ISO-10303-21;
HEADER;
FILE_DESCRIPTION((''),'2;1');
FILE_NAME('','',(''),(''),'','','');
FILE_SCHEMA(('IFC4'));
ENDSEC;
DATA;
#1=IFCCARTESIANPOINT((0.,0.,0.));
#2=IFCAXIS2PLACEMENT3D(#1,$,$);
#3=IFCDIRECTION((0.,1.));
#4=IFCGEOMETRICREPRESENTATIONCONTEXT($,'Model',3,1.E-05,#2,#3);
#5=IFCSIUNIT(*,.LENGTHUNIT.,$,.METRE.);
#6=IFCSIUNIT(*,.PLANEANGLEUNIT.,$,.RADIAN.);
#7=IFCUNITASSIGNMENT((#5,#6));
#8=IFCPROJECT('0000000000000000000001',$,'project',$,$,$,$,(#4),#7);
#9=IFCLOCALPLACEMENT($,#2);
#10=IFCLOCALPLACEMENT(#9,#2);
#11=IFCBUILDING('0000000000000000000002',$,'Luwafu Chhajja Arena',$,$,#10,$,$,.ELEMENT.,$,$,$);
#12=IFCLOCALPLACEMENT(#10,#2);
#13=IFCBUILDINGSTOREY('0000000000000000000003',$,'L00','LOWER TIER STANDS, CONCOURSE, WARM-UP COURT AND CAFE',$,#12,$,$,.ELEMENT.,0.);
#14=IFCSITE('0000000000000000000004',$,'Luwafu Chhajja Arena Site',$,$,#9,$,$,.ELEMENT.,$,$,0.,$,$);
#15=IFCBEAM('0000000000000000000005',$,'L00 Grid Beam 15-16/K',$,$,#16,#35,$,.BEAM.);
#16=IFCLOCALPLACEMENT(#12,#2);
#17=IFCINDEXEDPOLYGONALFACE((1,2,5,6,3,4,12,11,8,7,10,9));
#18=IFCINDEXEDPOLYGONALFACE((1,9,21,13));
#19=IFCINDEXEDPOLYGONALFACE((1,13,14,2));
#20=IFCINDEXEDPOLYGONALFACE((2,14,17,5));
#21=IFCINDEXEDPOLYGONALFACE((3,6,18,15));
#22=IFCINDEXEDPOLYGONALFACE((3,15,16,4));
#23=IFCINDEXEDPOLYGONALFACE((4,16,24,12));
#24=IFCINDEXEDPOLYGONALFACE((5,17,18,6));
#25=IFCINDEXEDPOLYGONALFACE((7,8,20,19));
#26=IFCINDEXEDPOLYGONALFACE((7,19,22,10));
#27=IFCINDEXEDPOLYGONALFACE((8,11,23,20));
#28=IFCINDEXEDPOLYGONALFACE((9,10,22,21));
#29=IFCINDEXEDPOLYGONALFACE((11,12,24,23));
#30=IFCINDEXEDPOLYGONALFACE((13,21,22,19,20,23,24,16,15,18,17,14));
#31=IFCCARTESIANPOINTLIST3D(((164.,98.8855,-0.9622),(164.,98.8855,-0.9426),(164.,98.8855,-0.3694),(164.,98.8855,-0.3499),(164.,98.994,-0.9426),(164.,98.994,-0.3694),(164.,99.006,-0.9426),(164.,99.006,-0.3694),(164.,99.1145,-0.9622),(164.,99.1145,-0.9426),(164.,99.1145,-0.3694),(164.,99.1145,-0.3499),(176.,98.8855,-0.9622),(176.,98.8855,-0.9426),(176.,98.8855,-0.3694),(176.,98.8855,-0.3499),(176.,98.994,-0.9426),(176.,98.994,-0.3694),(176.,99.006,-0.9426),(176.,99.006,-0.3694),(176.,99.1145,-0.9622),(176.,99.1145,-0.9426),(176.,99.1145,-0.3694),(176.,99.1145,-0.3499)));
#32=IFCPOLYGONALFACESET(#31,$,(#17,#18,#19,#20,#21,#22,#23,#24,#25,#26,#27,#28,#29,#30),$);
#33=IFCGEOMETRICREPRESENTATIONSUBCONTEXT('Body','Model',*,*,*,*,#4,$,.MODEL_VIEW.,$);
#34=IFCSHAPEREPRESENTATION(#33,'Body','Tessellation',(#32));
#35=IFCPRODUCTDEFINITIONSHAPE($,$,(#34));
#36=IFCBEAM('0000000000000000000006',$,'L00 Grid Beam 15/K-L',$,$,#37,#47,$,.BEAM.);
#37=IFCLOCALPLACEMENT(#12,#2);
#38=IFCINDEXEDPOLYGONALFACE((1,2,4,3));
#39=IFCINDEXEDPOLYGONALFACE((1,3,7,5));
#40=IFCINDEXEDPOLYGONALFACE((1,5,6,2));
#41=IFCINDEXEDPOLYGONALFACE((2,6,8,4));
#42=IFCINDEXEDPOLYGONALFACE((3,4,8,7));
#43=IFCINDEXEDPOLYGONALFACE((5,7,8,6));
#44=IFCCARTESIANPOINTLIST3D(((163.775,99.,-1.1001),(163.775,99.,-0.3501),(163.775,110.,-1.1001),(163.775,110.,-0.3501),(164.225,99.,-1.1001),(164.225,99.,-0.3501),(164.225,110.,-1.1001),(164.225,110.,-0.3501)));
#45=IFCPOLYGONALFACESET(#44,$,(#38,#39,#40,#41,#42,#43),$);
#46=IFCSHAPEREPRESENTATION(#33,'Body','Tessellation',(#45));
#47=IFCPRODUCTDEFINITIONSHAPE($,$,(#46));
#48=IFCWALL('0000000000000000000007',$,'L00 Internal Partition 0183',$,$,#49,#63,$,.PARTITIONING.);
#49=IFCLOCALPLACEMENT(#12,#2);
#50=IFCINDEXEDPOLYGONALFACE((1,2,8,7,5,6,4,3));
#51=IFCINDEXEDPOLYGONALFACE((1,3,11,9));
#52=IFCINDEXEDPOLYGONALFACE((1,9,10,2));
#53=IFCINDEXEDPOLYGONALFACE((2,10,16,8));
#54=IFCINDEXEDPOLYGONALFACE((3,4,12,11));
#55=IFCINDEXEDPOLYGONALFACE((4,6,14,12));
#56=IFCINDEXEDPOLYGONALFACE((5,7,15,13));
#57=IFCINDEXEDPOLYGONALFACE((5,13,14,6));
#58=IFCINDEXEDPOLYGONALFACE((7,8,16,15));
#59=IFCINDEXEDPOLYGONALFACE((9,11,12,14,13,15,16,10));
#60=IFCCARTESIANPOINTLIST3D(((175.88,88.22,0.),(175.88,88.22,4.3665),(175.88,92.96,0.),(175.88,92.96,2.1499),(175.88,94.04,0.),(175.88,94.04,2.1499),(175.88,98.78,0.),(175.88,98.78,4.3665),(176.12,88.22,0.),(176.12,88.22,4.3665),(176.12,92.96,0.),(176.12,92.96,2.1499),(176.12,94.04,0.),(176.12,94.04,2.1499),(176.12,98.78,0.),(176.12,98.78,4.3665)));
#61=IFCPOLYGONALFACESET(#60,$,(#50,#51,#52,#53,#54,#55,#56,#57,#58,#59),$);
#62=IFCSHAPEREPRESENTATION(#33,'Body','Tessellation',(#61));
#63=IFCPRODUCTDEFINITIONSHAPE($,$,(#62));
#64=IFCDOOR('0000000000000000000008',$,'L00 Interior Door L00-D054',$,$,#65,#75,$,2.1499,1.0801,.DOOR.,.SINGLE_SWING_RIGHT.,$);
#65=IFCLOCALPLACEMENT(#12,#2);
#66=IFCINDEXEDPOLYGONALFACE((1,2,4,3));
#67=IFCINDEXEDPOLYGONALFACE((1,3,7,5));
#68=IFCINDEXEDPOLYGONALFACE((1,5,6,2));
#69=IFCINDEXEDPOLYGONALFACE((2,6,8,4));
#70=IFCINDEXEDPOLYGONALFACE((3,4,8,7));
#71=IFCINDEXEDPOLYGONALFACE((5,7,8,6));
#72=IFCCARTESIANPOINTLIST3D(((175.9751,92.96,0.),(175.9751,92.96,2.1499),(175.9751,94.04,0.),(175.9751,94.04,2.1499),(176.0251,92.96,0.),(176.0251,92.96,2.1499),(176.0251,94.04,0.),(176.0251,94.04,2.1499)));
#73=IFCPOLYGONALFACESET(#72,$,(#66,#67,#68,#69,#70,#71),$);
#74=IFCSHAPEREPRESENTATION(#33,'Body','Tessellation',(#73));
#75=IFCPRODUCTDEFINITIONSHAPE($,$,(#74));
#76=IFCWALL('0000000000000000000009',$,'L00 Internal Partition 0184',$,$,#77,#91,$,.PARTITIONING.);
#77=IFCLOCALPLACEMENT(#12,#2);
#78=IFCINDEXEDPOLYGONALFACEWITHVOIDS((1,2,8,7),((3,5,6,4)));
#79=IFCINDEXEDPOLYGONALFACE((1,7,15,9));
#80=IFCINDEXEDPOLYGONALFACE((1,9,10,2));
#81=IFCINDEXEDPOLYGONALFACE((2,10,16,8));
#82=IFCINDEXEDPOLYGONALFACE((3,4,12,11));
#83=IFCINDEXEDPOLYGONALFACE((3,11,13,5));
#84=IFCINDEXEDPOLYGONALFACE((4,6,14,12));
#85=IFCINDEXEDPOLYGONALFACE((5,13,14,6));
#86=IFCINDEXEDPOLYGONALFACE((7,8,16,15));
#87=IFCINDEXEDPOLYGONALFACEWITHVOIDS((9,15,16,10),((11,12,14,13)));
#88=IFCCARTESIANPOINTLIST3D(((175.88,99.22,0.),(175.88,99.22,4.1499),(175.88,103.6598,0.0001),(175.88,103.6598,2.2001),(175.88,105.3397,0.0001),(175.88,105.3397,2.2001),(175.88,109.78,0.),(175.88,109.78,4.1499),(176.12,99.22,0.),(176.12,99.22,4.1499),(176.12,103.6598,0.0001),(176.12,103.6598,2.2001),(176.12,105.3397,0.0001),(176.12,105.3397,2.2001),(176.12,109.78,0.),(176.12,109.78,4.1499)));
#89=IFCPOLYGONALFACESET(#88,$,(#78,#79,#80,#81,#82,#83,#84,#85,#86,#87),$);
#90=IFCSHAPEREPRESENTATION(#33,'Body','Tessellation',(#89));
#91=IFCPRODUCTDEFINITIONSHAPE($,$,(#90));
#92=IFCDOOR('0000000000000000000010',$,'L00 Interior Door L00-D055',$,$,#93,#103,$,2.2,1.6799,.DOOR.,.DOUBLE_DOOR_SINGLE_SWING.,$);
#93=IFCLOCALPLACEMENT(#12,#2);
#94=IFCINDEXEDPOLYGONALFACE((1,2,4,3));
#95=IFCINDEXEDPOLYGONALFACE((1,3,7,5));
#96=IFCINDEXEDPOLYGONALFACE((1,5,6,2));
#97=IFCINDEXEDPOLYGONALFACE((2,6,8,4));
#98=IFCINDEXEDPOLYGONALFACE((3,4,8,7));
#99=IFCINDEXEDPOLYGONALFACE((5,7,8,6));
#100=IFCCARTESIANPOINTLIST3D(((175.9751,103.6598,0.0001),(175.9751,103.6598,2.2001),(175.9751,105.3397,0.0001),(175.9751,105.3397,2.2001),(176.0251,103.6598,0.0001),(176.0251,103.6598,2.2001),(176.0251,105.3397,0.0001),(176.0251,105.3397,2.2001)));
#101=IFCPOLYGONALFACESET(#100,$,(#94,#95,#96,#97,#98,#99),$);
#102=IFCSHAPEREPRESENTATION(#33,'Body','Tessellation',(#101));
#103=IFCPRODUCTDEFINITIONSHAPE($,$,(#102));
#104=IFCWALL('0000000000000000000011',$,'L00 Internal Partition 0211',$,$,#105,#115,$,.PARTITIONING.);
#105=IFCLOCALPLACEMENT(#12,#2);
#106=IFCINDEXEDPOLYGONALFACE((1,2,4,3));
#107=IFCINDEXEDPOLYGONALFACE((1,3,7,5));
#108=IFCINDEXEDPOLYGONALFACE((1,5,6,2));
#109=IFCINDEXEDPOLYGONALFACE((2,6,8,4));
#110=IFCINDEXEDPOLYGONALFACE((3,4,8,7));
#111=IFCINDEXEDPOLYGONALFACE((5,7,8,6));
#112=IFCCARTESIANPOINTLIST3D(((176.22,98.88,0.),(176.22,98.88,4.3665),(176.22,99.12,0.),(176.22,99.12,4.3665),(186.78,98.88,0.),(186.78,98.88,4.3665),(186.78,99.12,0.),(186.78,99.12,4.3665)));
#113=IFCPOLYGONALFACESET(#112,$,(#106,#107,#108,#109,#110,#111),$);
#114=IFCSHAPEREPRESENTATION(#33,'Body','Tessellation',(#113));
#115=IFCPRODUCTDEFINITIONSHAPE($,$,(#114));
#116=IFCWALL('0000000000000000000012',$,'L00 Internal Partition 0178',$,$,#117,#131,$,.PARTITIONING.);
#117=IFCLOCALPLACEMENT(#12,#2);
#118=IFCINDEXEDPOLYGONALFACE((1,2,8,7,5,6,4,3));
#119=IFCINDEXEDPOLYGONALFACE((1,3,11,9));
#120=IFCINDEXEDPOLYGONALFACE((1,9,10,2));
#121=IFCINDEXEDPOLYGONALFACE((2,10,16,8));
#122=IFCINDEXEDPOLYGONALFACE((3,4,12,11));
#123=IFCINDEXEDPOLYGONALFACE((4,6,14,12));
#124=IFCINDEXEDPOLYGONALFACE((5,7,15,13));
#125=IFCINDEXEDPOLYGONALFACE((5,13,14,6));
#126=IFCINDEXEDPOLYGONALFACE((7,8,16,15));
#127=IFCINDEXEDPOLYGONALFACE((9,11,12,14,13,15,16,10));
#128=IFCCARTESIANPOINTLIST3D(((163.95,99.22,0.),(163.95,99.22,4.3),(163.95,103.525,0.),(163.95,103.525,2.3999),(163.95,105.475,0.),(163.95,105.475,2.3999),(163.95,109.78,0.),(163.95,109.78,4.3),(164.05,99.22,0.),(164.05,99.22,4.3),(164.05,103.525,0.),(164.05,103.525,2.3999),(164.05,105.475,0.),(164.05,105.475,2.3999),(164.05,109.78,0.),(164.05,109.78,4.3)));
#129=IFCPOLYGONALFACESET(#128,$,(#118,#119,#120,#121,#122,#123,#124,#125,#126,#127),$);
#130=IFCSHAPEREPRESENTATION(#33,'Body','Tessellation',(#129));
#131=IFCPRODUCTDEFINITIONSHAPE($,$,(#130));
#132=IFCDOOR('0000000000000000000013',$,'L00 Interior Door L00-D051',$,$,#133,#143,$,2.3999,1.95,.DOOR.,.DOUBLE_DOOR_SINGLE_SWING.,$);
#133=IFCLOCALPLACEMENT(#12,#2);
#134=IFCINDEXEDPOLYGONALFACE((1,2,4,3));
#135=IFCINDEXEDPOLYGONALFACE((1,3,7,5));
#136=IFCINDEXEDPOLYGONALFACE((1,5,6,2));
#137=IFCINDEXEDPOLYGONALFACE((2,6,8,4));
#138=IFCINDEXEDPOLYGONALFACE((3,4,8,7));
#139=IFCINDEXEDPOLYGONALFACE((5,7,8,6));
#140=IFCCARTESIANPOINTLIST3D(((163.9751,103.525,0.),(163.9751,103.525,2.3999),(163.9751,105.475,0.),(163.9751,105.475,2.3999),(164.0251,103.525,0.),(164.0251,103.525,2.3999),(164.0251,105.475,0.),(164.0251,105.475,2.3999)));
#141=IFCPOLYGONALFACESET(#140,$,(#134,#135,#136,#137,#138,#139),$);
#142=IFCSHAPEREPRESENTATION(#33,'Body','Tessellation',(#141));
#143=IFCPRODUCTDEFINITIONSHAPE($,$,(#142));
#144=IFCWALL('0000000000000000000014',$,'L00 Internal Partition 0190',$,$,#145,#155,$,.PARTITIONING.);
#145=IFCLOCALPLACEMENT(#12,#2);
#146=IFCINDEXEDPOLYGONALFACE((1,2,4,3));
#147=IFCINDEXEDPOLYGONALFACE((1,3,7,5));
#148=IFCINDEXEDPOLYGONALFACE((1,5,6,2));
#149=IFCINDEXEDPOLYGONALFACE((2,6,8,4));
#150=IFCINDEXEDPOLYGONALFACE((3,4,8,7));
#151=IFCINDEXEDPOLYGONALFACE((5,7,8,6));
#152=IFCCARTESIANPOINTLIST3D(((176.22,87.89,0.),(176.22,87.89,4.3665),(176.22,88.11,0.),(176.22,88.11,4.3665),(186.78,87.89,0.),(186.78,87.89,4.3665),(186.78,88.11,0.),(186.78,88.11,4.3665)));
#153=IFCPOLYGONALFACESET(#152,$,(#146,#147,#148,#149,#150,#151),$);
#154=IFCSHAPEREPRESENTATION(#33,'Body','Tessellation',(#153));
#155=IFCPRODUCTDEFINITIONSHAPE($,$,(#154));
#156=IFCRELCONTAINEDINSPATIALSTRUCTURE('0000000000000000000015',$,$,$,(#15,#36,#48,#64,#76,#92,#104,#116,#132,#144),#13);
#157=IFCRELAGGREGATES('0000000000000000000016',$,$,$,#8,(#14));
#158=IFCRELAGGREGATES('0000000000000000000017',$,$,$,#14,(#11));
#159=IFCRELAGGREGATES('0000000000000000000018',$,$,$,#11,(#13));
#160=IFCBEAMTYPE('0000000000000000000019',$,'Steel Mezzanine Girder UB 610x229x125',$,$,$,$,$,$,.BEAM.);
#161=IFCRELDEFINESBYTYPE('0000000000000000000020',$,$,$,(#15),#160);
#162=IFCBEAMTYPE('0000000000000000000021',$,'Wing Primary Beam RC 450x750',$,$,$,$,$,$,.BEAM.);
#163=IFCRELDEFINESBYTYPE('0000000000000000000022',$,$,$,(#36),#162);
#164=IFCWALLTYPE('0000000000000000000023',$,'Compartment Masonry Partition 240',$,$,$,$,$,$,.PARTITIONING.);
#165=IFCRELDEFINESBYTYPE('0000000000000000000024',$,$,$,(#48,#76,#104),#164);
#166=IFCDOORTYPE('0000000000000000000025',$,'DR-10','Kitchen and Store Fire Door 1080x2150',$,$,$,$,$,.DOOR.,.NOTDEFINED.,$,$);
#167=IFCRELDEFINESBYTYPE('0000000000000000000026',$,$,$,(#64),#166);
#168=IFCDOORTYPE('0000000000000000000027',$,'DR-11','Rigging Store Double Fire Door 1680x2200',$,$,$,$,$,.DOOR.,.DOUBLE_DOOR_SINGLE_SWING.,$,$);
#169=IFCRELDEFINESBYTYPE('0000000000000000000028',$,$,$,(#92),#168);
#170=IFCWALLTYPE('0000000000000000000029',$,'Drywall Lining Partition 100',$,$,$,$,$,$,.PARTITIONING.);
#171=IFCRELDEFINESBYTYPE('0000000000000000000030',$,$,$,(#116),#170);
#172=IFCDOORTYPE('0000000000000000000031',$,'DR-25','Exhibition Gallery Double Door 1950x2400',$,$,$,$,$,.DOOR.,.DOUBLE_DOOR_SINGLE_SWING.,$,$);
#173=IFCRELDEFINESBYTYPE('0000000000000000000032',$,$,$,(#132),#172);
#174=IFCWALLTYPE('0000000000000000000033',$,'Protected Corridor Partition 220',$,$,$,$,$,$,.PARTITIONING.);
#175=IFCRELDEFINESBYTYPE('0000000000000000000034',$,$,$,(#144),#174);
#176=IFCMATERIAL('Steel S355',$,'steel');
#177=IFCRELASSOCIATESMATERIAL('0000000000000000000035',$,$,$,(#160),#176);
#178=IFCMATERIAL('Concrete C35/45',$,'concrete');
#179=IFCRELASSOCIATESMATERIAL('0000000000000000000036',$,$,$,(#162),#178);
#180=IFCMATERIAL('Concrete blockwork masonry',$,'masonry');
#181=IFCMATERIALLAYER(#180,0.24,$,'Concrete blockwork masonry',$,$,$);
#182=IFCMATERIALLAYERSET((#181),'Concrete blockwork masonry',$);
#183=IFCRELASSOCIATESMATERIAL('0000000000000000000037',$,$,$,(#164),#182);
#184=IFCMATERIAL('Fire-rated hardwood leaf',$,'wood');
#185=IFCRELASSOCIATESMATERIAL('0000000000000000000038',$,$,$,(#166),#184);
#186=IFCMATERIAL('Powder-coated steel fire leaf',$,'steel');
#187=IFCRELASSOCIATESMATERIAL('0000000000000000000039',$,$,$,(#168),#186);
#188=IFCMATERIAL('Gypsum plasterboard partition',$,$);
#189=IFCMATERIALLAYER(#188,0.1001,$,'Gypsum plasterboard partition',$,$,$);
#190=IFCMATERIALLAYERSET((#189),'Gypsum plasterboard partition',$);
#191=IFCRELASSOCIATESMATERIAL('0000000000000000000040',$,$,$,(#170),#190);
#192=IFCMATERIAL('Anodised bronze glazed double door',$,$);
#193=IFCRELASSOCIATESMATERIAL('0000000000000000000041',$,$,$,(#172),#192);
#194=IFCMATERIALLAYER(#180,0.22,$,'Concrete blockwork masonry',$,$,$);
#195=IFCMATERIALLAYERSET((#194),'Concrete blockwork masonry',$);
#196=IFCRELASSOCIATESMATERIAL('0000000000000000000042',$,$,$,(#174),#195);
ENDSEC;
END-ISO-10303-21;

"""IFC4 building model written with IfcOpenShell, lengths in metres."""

from ifc_helpers import new_model, si_unit, direction, frame, frame_2d, origin, origin_2d, place, context, subcontext, project, spatial, rectangle, i_section, extrude, material, layer, layer_set, material_profile, profile_set, type_object, element, fill, save


model = new_model("IFC4")

# Units and contexts
model_context = context("Model", 3, precision=1e-05, world=origin(), true_north=direction((0.0, 1.0)))
body_context = subcontext(model_context, "Body", "Model", "MODEL_VIEW")
ifc_project = project(units=[si_unit("LENGTHUNIT", "METRE"), si_unit("PLANEANGLEUNIT", "RADIAN")], contexts=[model_context])

# Site, building, storey
site_placement = place(None, origin())
site = spatial("IfcSite", under=ifc_project, at=site_placement, Name="Luwafu Chhajja Arena Site", CompositionType="ELEMENT", RefElevation=0.0)
building_placement = place(site_placement, origin())
building = spatial("IfcBuilding", under=site, at=building_placement, Name="Luwafu Chhajja Arena", CompositionType="ELEMENT")
storey_placement = place(building_placement, origin())
storey = spatial("IfcBuildingStorey", under=building, at=storey_placement, Name="L00", Description="LOWER TIER STANDS, CONCOURSE, WARM-UP COURT AND CAFE", CompositionType="ELEMENT", Elevation=0.0)

# Shared definitions
ifc_material_1 = material(Name="Concrete C35/45", Category="concrete")

# Shared definitions
ifc_material_2 = material(Name="Steel S355", Category="steel")

# Beams
ifc_material_profile_1 = material_profile(ifc_material_2, i_section(OverallWidth=0.229, OverallDepth=0.6123, WebThickness=0.012, FlangeThickness=0.0195, at=origin_2d()), Name="UB 610x229x125")
ifc_profile_set_1 = profile_set([ifc_material_profile_1], Name="Steel S355")
beam_type_1 = type_object("IfcBeamType", Name="Steel Mezzanine Girder UB 610x229x125", PredefinedType="BEAM", material=ifc_profile_set_1)
beam_1_placement = place(storey_placement, frame((164.0, 99.0, -0.656), z_axis=(1.0, 0.0, 0.0), x_axis=(0.0, 1.0, 0.0)))
element("IfcBeam", 1, at=beam_1_placement, inside=storey, type_object=beam_type_1, Name="L00 Grid Beam 15-16/K", PredefinedType="BEAM", context=body_context, shape_type="SweptSolid", body=[
    extrude(i_section(OverallWidth=0.229, OverallDepth=0.6123, WebThickness=0.012, FlangeThickness=0.0195, at=origin_2d()), origin(), (0.0, 0.0, 1.0), 12.0),
])
ifc_material_profile_2 = material_profile(ifc_material_1, rectangle(XDim=0.45, YDim=0.75, at=origin_2d()), Name="RC 450x750")
ifc_profile_set_2 = profile_set([ifc_material_profile_2], Name="Concrete C35/45")
beam_type_2 = type_object("IfcBeamType", Name="Wing Primary Beam RC 450x750", PredefinedType="BEAM", material=ifc_profile_set_2)
beam_2_placement = place(storey_placement, frame((164.0, 99.0, -0.7251), z_axis=(0.0, 1.0, 0.0), x_axis=(-1.0, 0.0, 0.0)))
element("IfcBeam", 2, at=beam_2_placement, inside=storey, type_object=beam_type_2, Name="L00 Grid Beam 15/K-L", PredefinedType="BEAM", context=body_context, shape_type="SweptSolid", body=[
    extrude(rectangle(XDim=0.45, YDim=0.75, at=origin_2d()), origin(), (0.0, 0.0, 1.0), 11.0),
])

# Walls, openings, doors
ifc_material_3 = material(Name="Concrete blockwork masonry", Category="masonry")
ifc_layer_1 = layer(ifc_material_3, 0.24, Name="Concrete blockwork masonry")
ifc_layer_set_1 = layer_set([ifc_layer_1], Name="Concrete blockwork masonry")
wall_type_1 = type_object("IfcWallType", Name="Compartment Masonry Partition 240", PredefinedType="PARTITIONING", material=ifc_layer_set_1)
wall_1_placement = place(storey_placement, frame((176.0, 88.22, 0.0), z_axis=(0.0, 0.0, 1.0), x_axis=(0.0, 1.0, 0.0)))
wall_1 = element("IfcWall", 3, at=wall_1_placement, inside=storey, type_object=wall_type_1, Name="L00 Internal Partition 0183", PredefinedType="PARTITIONING", context=body_context, shape_type="SweptSolid", body=[
    extrude(rectangle(XDim=10.5601, YDim=0.24, at=frame_2d((5.28, 0.0))), origin(), (0.0, 0.0, 1.0), 4.3665),
])
opening_1_placement = place(wall_1_placement, frame((4.74, 0.0, 0.0)))
opening_1 = element("IfcOpeningElement", 4, at=opening_1_placement, cuts=wall_1, PredefinedType="OPENING", context=body_context, shape_type="SweptSolid", body=[
    extrude(rectangle(XDim=1.0801, YDim=2.1499, at=frame_2d((0.54, 1.075))), frame((0.0, 0.1299, 0.0), z_axis=(0.0, -1.0, 0.0), x_axis=(1.0, 0.0, 0.0)), (0.0, 0.0, 1.0), 0.26),
])
ifc_material_4 = material(Name="Fire-rated hardwood leaf", Category="wood")
door_type_1 = type_object("IfcDoorType", Name="DR-10", Description="Kitchen and Store Fire Door 1080x2150", OperationType="NOTDEFINED", PredefinedType="DOOR", material=ifc_material_4)
door_1_placement = place(opening_1_placement, origin())
door_1 = element("IfcDoor", 5, at=door_1_placement, inside=storey, type_object=door_type_1, Name="L00 Interior Door L00-D054", OperationType="SINGLE_SWING_RIGHT", OverallHeight=2.1499, OverallWidth=1.0801, PredefinedType="DOOR", context=body_context, shape_type="SweptSolid", body=[
    extrude(rectangle(XDim=1.0801, YDim=2.1499, at=frame_2d((0.54, 1.075))), frame((0.0, 0.0249, 0.0), z_axis=(0.0, -1.0, 0.0), x_axis=(1.0, 0.0, 0.0)), (0.0, 0.0, 1.0), 0.05),
])
fill(opening_1, door_1)
wall_2_placement = place(storey_placement, frame((176.0, 99.22, 0.0), z_axis=(0.0, 0.0, 1.0), x_axis=(0.0, 1.0, 0.0)))
wall_2 = element("IfcWall", 6, at=wall_2_placement, inside=storey, type_object=wall_type_1, Name="L00 Internal Partition 0184", PredefinedType="PARTITIONING", context=body_context, shape_type="SweptSolid", body=[
    extrude(rectangle(XDim=10.5601, YDim=0.24, at=frame_2d((5.28, 0.0))), origin(), (0.0, 0.0, 1.0), 4.1499),
])
opening_2_placement = place(wall_2_placement, frame((4.4399, 0.0, 0.0)))
opening_2 = element("IfcOpeningElement", 7, at=opening_2_placement, cuts=wall_2, PredefinedType="OPENING", context=body_context, shape_type="SweptSolid", body=[
    extrude(rectangle(XDim=1.6799, YDim=2.2, at=frame_2d((0.8398, 1.1001))), frame((0.0, 0.1299, 0.0), z_axis=(0.0, -1.0, 0.0), x_axis=(1.0, 0.0, 0.0)), (0.0, 0.0, 1.0), 0.26),
])
ifc_material_5 = material(Name="Powder-coated steel fire leaf", Category="steel")
door_type_2 = type_object("IfcDoorType", Name="DR-11", Description="Rigging Store Double Fire Door 1680x2200", OperationType="DOUBLE_DOOR_SINGLE_SWING", PredefinedType="DOOR", material=ifc_material_5)
door_2_placement = place(opening_2_placement, origin())
door_2 = element("IfcDoor", 8, at=door_2_placement, inside=storey, type_object=door_type_2, Name="L00 Interior Door L00-D055", OperationType="DOUBLE_DOOR_SINGLE_SWING", OverallHeight=2.2, OverallWidth=1.6799, PredefinedType="DOOR", context=body_context, shape_type="SweptSolid", body=[
    extrude(rectangle(XDim=1.6799, YDim=2.2, at=frame_2d((0.8398, 1.1001))), frame((0.0, 0.0249, 0.0), z_axis=(0.0, -1.0, 0.0), x_axis=(1.0, 0.0, 0.0)), (0.0, 0.0, 1.0), 0.05),
])
fill(opening_2, door_2)

# Wall
wall_3_placement = place(storey_placement, frame((176.22, 99.0, 0.0), z_axis=(0.0, 0.0, 1.0), x_axis=(1.0, 0.0, 0.0)))
element("IfcWall", 9, at=wall_3_placement, inside=storey, type_object=wall_type_1, Name="L00 Internal Partition 0211", PredefinedType="PARTITIONING", context=body_context, shape_type="SweptSolid", body=[
    extrude(rectangle(XDim=10.5601, YDim=0.24, at=frame_2d((5.28, 0.0))), origin(), (0.0, 0.0, 1.0), 4.3665),
])

# Wall, opening, door
ifc_material_6 = material(Name="Gypsum plasterboard partition")
ifc_layer_2 = layer(ifc_material_6, 0.1001, Name="Gypsum plasterboard partition")
ifc_layer_set_2 = layer_set([ifc_layer_2], Name="Gypsum plasterboard partition")
wall_type_2 = type_object("IfcWallType", Name="Drywall Lining Partition 100", PredefinedType="PARTITIONING", material=ifc_layer_set_2)
wall_4_placement = place(storey_placement, frame((164.0, 99.22, 0.0), z_axis=(0.0, 0.0, 1.0), x_axis=(0.0, 1.0, 0.0)))
wall_4 = element("IfcWall", 10, at=wall_4_placement, inside=storey, type_object=wall_type_2, Name="L00 Internal Partition 0178", PredefinedType="PARTITIONING", context=body_context, shape_type="SweptSolid", body=[
    extrude(rectangle(XDim=10.5601, YDim=0.1001, at=frame_2d((5.28, 0.0))), origin(), (0.0, 0.0, 1.0), 4.3),
])
opening_3_placement = place(wall_4_placement, frame((4.3049, 0.0, 0.0)))
opening_3 = element("IfcOpeningElement", 11, at=opening_3_placement, cuts=wall_4, PredefinedType="OPENING", context=body_context, shape_type="SweptSolid", body=[
    extrude(rectangle(XDim=1.95, YDim=2.3999, at=frame_2d((0.9751, 1.2))), frame((0.0, 0.0601, 0.0), z_axis=(0.0, -1.0, 0.0), x_axis=(1.0, 0.0, 0.0)), (0.0, 0.0, 1.0), 0.1201),
])
ifc_material_7 = material(Name="Anodised bronze glazed double door")
door_type_3 = type_object("IfcDoorType", Name="DR-25", Description="Exhibition Gallery Double Door 1950x2400", OperationType="DOUBLE_DOOR_SINGLE_SWING", PredefinedType="DOOR", material=ifc_material_7)
door_3_placement = place(opening_3_placement, origin())
door_3 = element("IfcDoor", 12, at=door_3_placement, inside=storey, type_object=door_type_3, Name="L00 Interior Door L00-D051", OperationType="DOUBLE_DOOR_SINGLE_SWING", OverallHeight=2.3999, OverallWidth=1.95, PredefinedType="DOOR", context=body_context, shape_type="SweptSolid", body=[
    extrude(rectangle(XDim=1.95, YDim=2.3999, at=frame_2d((0.9751, 1.2))), frame((0.0, 0.0249, 0.0), z_axis=(0.0, -1.0, 0.0), x_axis=(1.0, 0.0, 0.0)), (0.0, 0.0, 1.0), 0.05),
])
fill(opening_3, door_3)

# Wall
ifc_layer_3 = layer(ifc_material_3, 0.22, Name="Concrete blockwork masonry")
ifc_layer_set_3 = layer_set([ifc_layer_3], Name="Concrete blockwork masonry")
wall_type_3 = type_object("IfcWallType", Name="Protected Corridor Partition 220", PredefinedType="PARTITIONING", material=ifc_layer_set_3)
wall_5_placement = place(storey_placement, frame((176.22, 88.0, 0.0), z_axis=(0.0, 0.0, 1.0), x_axis=(1.0, 0.0, 0.0)))
element("IfcWall", 13, at=wall_5_placement, inside=storey, type_object=wall_type_3, Name="L00 Internal Partition 0190", PredefinedType="PARTITIONING", context=body_context, shape_type="SweptSolid", body=[
    extrude(rectangle(XDim=10.5601, YDim=0.22, at=frame_2d((5.28, 0.0))), origin(), (0.0, 0.0, 1.0), 4.3665),
])

save(model, "model.ifc")
